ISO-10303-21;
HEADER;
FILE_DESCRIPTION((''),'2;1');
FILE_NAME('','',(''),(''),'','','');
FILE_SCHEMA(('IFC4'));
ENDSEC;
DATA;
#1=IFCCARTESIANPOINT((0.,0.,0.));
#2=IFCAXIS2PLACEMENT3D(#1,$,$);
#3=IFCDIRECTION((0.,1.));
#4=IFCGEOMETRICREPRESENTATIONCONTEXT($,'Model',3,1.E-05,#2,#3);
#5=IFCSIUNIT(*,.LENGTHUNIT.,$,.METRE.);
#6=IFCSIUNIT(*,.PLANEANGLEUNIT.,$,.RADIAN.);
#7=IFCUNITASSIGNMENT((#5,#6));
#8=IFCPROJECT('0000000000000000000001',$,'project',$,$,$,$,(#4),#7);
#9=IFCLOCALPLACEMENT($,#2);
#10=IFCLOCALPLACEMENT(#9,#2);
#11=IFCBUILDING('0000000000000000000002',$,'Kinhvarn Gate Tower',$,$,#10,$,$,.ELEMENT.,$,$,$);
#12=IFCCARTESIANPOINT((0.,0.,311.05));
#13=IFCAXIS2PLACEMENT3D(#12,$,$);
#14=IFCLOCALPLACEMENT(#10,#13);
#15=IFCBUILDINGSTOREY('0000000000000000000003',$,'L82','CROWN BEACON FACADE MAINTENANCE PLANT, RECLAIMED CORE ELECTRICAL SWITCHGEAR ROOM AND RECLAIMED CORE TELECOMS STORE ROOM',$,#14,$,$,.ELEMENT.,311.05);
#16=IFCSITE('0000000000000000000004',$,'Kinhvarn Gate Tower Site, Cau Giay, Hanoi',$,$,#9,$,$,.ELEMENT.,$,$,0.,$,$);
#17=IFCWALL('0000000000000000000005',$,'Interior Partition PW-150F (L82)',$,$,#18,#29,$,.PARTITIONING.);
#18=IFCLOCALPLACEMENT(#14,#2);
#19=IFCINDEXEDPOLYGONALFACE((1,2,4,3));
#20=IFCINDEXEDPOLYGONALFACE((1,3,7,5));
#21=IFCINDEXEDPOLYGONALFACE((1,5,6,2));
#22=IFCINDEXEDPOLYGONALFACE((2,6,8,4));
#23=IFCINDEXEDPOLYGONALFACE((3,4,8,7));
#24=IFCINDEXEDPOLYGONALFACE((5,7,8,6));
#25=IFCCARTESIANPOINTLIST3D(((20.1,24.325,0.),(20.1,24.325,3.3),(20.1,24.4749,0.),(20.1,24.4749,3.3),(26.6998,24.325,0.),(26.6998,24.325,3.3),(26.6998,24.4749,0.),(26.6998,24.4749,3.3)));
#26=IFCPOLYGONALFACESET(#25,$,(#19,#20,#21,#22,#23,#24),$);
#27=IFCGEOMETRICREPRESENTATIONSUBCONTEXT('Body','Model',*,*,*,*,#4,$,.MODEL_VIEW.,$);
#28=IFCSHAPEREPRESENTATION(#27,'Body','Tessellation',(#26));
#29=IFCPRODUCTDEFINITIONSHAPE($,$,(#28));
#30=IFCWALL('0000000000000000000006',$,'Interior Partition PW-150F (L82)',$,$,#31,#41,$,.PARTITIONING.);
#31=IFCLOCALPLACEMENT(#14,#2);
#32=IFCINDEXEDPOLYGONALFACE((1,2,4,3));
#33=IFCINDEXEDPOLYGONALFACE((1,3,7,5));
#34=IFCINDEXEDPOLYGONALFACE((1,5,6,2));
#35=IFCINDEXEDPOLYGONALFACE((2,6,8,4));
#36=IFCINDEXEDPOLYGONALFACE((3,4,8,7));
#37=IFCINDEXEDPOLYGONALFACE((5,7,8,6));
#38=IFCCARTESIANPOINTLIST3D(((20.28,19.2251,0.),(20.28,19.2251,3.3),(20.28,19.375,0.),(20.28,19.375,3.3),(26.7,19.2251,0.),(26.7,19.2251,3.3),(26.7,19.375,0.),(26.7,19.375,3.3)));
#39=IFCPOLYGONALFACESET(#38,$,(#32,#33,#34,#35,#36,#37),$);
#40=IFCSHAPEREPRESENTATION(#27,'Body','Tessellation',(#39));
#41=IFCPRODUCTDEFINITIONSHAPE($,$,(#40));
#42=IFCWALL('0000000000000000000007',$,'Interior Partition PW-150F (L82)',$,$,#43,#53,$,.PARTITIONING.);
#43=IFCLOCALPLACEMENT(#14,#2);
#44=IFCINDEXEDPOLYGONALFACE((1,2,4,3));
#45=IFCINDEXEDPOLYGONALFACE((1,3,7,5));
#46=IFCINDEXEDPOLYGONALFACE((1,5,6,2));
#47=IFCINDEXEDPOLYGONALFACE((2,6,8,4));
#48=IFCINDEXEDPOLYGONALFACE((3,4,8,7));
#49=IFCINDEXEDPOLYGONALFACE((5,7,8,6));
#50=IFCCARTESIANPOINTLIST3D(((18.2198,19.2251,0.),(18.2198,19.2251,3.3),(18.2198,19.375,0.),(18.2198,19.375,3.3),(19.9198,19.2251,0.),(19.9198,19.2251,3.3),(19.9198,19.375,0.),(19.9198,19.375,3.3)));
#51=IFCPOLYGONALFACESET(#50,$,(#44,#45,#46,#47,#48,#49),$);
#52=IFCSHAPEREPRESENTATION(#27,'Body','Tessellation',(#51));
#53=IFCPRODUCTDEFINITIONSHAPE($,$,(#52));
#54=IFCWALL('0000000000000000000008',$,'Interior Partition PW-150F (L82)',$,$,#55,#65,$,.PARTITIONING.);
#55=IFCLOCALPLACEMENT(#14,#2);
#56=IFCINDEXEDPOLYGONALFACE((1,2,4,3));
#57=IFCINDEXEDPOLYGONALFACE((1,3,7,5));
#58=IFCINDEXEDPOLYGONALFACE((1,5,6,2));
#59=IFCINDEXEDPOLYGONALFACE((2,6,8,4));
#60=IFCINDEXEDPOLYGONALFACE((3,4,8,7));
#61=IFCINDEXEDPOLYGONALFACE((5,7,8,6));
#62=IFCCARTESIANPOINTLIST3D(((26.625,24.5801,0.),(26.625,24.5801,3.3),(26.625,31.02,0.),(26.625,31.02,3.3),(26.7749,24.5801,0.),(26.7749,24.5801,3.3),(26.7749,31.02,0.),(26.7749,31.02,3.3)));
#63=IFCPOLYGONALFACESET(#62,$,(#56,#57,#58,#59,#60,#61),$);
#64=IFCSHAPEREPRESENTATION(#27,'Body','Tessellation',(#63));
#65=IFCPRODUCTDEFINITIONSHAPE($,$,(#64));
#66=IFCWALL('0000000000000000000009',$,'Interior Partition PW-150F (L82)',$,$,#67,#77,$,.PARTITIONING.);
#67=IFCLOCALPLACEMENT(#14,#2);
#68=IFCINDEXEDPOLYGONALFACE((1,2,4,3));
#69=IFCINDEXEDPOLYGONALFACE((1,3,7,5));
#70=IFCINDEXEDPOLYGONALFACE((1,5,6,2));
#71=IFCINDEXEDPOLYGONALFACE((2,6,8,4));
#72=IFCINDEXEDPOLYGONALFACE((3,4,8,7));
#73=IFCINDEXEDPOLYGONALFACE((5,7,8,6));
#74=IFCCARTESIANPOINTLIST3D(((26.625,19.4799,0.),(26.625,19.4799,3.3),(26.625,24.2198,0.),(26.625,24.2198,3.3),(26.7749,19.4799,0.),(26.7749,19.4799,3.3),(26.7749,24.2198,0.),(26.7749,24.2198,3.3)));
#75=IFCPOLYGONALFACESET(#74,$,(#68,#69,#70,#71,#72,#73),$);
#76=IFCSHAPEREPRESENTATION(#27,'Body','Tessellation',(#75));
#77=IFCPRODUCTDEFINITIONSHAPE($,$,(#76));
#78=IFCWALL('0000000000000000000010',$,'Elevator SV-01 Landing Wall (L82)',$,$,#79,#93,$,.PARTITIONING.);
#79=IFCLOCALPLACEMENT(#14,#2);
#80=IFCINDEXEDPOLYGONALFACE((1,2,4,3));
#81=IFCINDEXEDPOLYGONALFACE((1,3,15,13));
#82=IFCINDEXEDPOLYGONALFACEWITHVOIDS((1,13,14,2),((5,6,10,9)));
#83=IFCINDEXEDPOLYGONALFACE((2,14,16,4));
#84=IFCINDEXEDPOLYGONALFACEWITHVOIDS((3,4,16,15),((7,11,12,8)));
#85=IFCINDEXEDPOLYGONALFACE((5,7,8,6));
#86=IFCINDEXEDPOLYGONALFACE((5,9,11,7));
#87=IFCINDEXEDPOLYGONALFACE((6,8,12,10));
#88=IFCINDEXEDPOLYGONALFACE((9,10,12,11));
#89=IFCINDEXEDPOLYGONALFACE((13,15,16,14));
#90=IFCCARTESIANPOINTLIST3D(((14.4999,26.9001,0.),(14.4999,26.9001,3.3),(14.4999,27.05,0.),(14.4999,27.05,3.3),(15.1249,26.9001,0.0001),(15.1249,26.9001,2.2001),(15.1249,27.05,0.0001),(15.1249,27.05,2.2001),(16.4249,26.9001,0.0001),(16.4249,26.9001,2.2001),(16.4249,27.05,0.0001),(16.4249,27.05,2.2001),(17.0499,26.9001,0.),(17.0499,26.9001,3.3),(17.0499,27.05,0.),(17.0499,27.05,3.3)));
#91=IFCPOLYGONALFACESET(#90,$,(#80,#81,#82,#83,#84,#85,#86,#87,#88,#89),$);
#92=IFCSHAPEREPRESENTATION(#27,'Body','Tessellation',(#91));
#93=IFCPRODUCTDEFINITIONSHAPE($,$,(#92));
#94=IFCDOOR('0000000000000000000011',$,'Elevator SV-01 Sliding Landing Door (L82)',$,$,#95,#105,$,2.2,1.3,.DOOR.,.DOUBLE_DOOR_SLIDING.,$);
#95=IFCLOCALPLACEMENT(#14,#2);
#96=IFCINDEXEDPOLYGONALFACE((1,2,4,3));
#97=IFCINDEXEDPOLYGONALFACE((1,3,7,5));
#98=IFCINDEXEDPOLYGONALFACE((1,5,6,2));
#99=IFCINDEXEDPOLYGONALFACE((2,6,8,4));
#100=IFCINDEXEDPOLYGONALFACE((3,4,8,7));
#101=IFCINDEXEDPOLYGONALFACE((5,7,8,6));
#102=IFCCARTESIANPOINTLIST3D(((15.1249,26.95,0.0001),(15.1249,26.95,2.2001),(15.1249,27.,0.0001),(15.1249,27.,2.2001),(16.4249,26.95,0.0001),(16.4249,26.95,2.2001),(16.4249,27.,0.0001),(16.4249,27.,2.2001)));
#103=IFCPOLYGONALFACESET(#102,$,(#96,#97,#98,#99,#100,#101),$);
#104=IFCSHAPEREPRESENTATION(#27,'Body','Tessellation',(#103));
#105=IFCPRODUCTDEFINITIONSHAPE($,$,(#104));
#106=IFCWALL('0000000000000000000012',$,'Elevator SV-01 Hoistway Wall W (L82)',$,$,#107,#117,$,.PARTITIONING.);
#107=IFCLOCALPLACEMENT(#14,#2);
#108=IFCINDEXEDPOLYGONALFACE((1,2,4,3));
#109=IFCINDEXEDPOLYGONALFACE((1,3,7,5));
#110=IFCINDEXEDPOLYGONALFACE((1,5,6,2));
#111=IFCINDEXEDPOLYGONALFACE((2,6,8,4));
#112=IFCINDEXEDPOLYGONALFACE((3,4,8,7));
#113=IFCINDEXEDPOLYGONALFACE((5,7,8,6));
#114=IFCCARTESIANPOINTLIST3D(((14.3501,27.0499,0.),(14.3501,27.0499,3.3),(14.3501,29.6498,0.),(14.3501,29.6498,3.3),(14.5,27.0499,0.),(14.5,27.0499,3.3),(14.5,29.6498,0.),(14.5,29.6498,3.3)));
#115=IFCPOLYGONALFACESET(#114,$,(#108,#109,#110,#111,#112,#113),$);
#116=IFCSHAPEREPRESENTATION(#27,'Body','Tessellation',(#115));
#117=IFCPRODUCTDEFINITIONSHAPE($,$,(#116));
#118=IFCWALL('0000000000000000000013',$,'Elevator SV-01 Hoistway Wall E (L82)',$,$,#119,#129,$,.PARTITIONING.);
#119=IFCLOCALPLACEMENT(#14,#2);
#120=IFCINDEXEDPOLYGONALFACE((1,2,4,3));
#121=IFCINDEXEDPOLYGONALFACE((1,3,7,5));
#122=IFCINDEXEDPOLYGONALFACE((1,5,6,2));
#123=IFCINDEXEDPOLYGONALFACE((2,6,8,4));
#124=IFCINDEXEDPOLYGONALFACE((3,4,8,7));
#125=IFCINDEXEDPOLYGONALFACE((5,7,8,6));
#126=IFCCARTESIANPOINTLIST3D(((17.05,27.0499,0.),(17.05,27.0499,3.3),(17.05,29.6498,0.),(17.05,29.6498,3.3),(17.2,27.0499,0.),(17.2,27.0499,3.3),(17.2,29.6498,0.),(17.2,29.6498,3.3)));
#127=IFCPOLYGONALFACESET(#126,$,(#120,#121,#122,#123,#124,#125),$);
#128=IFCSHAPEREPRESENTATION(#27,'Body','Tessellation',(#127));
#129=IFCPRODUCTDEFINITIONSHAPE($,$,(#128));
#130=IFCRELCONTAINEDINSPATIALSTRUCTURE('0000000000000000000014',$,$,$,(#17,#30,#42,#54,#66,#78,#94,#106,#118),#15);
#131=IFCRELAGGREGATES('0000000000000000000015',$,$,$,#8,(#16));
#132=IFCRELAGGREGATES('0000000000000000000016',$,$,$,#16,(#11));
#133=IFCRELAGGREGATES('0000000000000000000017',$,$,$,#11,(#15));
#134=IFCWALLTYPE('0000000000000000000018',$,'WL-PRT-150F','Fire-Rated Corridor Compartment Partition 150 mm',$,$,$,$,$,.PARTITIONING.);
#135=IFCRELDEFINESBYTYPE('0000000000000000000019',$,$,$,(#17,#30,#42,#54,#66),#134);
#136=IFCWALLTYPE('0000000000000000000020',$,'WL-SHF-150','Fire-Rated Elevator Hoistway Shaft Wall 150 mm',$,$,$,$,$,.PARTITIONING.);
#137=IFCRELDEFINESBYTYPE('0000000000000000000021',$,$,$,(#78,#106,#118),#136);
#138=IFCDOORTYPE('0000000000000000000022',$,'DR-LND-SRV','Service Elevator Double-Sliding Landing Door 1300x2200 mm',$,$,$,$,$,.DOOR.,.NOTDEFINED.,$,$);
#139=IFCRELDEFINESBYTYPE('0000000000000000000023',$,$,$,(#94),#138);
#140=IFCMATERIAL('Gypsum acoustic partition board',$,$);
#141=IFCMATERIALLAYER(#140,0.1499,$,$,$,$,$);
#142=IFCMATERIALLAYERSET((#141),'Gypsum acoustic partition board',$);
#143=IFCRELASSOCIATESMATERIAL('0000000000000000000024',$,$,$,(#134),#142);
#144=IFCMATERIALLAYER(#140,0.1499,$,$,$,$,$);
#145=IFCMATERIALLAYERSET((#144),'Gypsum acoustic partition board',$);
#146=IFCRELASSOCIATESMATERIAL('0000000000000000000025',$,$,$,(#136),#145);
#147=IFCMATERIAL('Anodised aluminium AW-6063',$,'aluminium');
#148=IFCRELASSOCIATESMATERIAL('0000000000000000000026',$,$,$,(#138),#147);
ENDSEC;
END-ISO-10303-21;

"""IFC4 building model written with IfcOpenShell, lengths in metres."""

from ifc_helpers import new_model, si_unit, direction, frame, frame_2d, origin, place, context, subcontext, project, spatial, rectangle, extrude, material, layer, layer_set, type_object, element, fill, save


model = new_model("IFC4")

# Units and contexts
model_context = context("Model", 3, precision=1e-05, world=origin(), true_north=direction((0.0, 1.0)))
body_context = subcontext(model_context, "Body", "Model", "MODEL_VIEW")
ifc_project = project(units=[si_unit("LENGTHUNIT", "METRE"), si_unit("PLANEANGLEUNIT", "RADIAN")], contexts=[model_context])

# Site, building, storey
site_placement = place(None, origin())
site = spatial("IfcSite", under=ifc_project, at=site_placement, Name="Kinhvarn Gate Tower Site, Cau Giay, Hanoi", CompositionType="ELEMENT", RefElevation=0.0)
building_placement = place(site_placement, origin())
building = spatial("IfcBuilding", under=site, at=building_placement, Name="Kinhvarn Gate Tower", CompositionType="ELEMENT")
storey_placement = place(building_placement, frame((0.0, 0.0, 311.05)))
storey = spatial("IfcBuildingStorey", under=building, at=storey_placement, Name="L82", Description="CROWN BEACON FACADE MAINTENANCE PLANT, RECLAIMED CORE ELECTRICAL SWITCHGEAR ROOM AND RECLAIMED CORE TELECOMS STORE ROOM", CompositionType="ELEMENT", Elevation=311.05)

# Shared definitions
ifc_material_1 = material(Name="Anodised aluminium AW-6063", Category="aluminium")
ifc_material_2 = material(Name="Gypsum acoustic partition board")
ifc_layer_1 = layer(ifc_material_2, 0.1499)
ifc_layer_set_1 = layer_set([ifc_layer_1], Name="Gypsum acoustic partition board")
wall_type_1 = type_object("IfcWallType", Name="WL-PRT-150F", Description="Fire-Rated Corridor Compartment Partition 150 mm", PredefinedType="PARTITIONING", material=ifc_layer_set_1)

# Walls
wall_1_placement = place(storey_placement, frame((20.1001, 24.3999, 0.0), z_axis=(0.0, 0.0, 1.0), x_axis=(1.0, 0.0, 0.0)))
element("IfcWall", 1, at=wall_1_placement, inside=storey, type_object=wall_type_1, Name="Interior Partition PW-150F (L82)", PredefinedType="PARTITIONING", context=body_context, shape_type="SweptSolid", body=[
    extrude(rectangle(XDim=6.5999, YDim=0.1499, at=frame_2d((3.2998, 0.0))), origin(), (0.0, 0.0, 1.0), 3.3),
])
wall_2_placement = place(storey_placement, frame((26.7, 19.3, 0.0), z_axis=(0.0, 0.0, 1.0), x_axis=(-1.0, 0.0, 0.0)))
element("IfcWall", 2, at=wall_2_placement, inside=storey, type_object=wall_type_1, Name="Interior Partition PW-150F (L82)", PredefinedType="PARTITIONING", context=body_context, shape_type="SweptSolid", body=[
    extrude(rectangle(XDim=6.4199, YDim=0.1499, at=frame_2d((3.21, 0.0))), origin(), (0.0, 0.0, 1.0), 3.3),
])
wall_3_placement = place(storey_placement, frame((19.9199, 19.3, 0.0), z_axis=(0.0, 0.0, 1.0), x_axis=(-1.0, 0.0, 0.0)))
element("IfcWall", 3, at=wall_3_placement, inside=storey, type_object=wall_type_1, Name="Interior Partition PW-150F (L82)", PredefinedType="PARTITIONING", context=body_context, shape_type="SweptSolid", body=[
    extrude(rectangle(XDim=1.7, YDim=0.1499, at=frame_2d((0.8501, 0.0))), origin(), (0.0, 0.0, 1.0), 3.3),
])
wall_4_placement = place(storey_placement, frame((26.7, 31.02, 0.0), z_axis=(0.0, 0.0, 1.0), x_axis=(0.0, -1.0, 0.0)))
element("IfcWall", 4, at=wall_4_placement, inside=storey, type_object=wall_type_1, Name="Interior Partition PW-150F (L82)", PredefinedType="PARTITIONING", context=body_context, shape_type="SweptSolid", body=[
    extrude(rectangle(XDim=6.4399, YDim=0.1499, at=frame_2d((3.22, 0.0))), origin(), (0.0, 0.0, 1.0), 3.3),
])
wall_5_placement = place(storey_placement, frame((26.7, 24.22, 0.0), z_axis=(0.0, 0.0, 1.0), x_axis=(0.0, -1.0, 0.0)))
element("IfcWall", 5, at=wall_5_placement, inside=storey, type_object=wall_type_1, Name="Interior Partition PW-150F (L82)", PredefinedType="PARTITIONING", context=body_context, shape_type="SweptSolid", body=[
    extrude(rectangle(XDim=4.74, YDim=0.1499, at=frame_2d((2.3701, 0.0))), origin(), (0.0, 0.0, 1.0), 3.3),
])

# Wall, opening, door
ifc_layer_2 = layer(ifc_material_2, 0.1499)
ifc_layer_set_2 = layer_set([ifc_layer_2], Name="Gypsum acoustic partition board")
wall_type_2 = type_object("IfcWallType", Name="WL-SHF-150", Description="Fire-Rated Elevator Hoistway Shaft Wall 150 mm", PredefinedType="PARTITIONING", material=ifc_layer_set_2)
wall_6_placement = place(storey_placement, frame((14.5, 26.9751, 0.0), z_axis=(0.0, 0.0, 1.0), x_axis=(1.0, 0.0, 0.0)))
wall_6 = element("IfcWall", 6, at=wall_6_placement, inside=storey, type_object=wall_type_2, Name="Elevator SV-01 Landing Wall (L82)", PredefinedType="PARTITIONING", context=body_context, shape_type="SweptSolid", body=[
    extrude(rectangle(XDim=2.55, YDim=0.1499, at=frame_2d((1.2749, 0.0))), origin(), (0.0, 0.0, 1.0), 3.3),
])
opening_1_placement = place(wall_6_placement, frame((0.625, 0.0, 0.0)))
opening_1 = element("IfcOpeningElement", 7, at=opening_1_placement, cuts=wall_6, PredefinedType="OPENING", context=body_context, shape_type="SweptSolid", body=[
    extrude(rectangle(XDim=1.3, YDim=2.2, at=frame_2d((0.6499, 1.1001))), frame((0.0, 0.085, 0.0), z_axis=(0.0, -1.0, 0.0), x_axis=(1.0, 0.0, 0.0)), (0.0, 0.0, 1.0), 0.1699),
])
door_type_1 = type_object("IfcDoorType", Name="DR-LND-SRV", Description="Service Elevator Double-Sliding Landing Door 1300x2200 mm", OperationType="NOTDEFINED", PredefinedType="DOOR", material=ifc_material_1)
door_1_placement = place(opening_1_placement, origin())
door_1 = element("IfcDoor", 8, at=door_1_placement, inside=storey, type_object=door_type_1, Name="Elevator SV-01 Sliding Landing Door (L82)", OperationType="DOUBLE_DOOR_SLIDING", OverallHeight=2.2, OverallWidth=1.3, PredefinedType="DOOR", context=body_context, shape_type="SweptSolid", body=[
    extrude(rectangle(XDim=1.3, YDim=2.2, at=frame_2d((0.6499, 1.1001))), frame((0.0, 0.0249, 0.0), z_axis=(0.0, -1.0, 0.0), x_axis=(1.0, 0.0, 0.0)), (0.0, 0.0, 1.0), 0.05),
])
fill(opening_1, door_1)

# Walls
for number, where, z_axis, x_axis, name in (
    (9, (14.425, 27.05, 0.0), (0.0, 0.0, 1.0), (0.0, 1.0, 0.0), "Elevator SV-01 Hoistway Wall W (L82)"),
    (10, (17.125, 27.05, 0.0), (0.0, 0.0, 1.0), (0.0, 1.0, 0.0), "Elevator SV-01 Hoistway Wall E (L82)"),
):
    element("IfcWall", number, at=place(storey_placement, frame(where, z_axis=z_axis, x_axis=x_axis)), inside=storey, type_object=wall_type_2, Name=name, PredefinedType="PARTITIONING", context=body_context, shape_type="SweptSolid", body=[
        extrude(rectangle(XDim=2.5999, YDim=0.1499, at=frame_2d((1.2998, 0.0))), origin(), (0.0, 0.0, 1.0), 3.3),
    ])

save(model, "model.ifc")
